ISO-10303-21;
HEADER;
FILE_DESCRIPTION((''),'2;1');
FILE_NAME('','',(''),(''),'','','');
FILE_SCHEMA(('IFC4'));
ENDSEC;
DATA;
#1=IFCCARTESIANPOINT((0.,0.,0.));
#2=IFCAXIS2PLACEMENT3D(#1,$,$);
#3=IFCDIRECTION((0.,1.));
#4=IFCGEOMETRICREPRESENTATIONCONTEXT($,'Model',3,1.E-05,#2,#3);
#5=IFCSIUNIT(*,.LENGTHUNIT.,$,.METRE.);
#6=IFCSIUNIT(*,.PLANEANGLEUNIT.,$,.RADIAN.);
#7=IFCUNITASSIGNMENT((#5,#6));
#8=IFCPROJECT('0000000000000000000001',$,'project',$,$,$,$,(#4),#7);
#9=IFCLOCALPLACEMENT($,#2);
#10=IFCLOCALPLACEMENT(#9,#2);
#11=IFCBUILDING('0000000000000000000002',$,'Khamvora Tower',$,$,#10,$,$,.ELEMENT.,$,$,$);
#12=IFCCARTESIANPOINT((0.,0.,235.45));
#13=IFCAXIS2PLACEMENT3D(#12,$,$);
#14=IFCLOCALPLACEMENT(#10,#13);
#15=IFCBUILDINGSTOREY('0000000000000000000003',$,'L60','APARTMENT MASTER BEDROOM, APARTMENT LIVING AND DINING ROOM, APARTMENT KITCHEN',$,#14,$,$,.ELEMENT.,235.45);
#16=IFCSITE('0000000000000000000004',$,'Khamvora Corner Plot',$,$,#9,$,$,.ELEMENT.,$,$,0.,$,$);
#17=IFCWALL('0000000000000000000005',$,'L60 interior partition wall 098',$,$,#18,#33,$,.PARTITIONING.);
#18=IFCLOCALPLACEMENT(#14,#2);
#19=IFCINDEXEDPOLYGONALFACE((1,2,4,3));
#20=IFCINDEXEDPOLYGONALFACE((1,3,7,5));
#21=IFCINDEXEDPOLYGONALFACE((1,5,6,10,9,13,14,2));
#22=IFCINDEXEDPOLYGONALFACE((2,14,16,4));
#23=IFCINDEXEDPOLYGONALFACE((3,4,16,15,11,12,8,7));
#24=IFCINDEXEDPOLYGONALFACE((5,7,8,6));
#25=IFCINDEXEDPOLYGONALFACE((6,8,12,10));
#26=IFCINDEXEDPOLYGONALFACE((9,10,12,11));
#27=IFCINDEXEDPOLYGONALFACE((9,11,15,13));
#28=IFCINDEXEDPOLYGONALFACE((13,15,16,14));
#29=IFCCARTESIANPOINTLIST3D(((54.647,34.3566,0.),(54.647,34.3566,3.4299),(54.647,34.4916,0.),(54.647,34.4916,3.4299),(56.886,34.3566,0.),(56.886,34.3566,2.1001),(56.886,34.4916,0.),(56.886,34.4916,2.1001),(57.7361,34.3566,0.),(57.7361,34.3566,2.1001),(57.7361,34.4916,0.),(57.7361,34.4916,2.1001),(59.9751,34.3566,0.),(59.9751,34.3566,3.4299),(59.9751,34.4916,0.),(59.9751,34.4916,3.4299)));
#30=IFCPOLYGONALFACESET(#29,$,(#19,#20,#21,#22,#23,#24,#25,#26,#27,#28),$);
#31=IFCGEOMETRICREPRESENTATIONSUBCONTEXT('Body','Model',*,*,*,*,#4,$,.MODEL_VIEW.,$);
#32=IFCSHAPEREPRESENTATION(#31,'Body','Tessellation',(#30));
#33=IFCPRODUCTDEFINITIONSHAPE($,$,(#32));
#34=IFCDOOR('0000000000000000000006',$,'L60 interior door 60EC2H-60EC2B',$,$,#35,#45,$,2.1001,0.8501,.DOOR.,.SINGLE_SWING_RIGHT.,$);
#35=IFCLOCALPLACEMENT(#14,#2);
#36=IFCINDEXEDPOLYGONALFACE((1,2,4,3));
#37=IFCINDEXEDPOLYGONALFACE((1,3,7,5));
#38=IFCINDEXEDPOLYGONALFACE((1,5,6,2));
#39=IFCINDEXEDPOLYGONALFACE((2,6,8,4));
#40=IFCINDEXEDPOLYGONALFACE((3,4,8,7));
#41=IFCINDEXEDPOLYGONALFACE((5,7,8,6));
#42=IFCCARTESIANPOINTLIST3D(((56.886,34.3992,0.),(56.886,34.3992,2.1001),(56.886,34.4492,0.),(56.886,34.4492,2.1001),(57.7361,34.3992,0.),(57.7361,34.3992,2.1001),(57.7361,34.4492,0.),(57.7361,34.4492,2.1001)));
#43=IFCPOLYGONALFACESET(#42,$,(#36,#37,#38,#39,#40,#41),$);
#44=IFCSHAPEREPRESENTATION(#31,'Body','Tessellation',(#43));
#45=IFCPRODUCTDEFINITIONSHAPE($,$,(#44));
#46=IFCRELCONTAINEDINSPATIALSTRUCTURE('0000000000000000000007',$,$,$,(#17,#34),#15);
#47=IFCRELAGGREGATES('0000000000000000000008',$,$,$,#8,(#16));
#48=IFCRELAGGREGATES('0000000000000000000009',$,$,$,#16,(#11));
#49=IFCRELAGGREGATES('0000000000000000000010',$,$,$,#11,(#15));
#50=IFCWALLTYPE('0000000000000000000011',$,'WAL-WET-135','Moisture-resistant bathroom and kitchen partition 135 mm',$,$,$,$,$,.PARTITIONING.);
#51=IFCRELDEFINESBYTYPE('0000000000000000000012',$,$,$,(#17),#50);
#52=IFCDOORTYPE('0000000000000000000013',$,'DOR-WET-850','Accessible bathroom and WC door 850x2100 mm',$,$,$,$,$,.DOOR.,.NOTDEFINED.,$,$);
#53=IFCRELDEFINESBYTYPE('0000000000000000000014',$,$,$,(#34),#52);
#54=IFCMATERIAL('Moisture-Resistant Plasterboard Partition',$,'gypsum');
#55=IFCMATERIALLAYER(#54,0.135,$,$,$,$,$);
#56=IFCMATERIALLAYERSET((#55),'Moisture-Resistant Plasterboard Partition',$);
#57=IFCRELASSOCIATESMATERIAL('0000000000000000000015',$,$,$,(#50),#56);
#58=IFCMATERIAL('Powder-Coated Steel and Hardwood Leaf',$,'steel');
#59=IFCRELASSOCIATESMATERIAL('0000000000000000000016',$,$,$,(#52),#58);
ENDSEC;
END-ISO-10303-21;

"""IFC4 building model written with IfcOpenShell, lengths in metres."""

from ifc_helpers import new_model, si_unit, direction, frame, frame_2d, origin, place, context, subcontext, project, spatial, rectangle, extrude, material, layer, layer_set, type_object, element, fill, save


model = new_model("IFC4")

# Units and contexts
model_context = context("Model", 3, precision=1e-05, world=origin(), true_north=direction((0.0, 1.0)))
body_context = subcontext(model_context, "Body", "Model", "MODEL_VIEW")
ifc_project = project(units=[si_unit("LENGTHUNIT", "METRE"), si_unit("PLANEANGLEUNIT", "RADIAN")], contexts=[model_context])

# Site, building, storey
site_placement = place(None, origin())
site = spatial("IfcSite", under=ifc_project, at=site_placement, Name="Khamvora Corner Plot", CompositionType="ELEMENT", RefElevation=0.0)
building_placement = place(site_placement, origin())
building = spatial("IfcBuilding", under=site, at=building_placement, Name="Khamvora Tower", CompositionType="ELEMENT")
storey_placement = place(building_placement, frame((0.0, 0.0, 235.45)))
storey = spatial("IfcBuildingStorey", under=building, at=storey_placement, Name="L60", Description="APARTMENT MASTER BEDROOM, APARTMENT LIVING AND DINING ROOM, APARTMENT KITCHEN", CompositionType="ELEMENT", Elevation=235.45)

# Shared definitions
ifc_material_1 = material(Name="Powder-Coated Steel and Hardwood Leaf", Category="steel")

# Shared definitions
ifc_material_2 = material(Name="Moisture-Resistant Plasterboard Partition", Category="gypsum")
ifc_layer_1 = layer(ifc_material_2, 0.135)
ifc_layer_set_1 = layer_set([ifc_layer_1], Name="Moisture-Resistant Plasterboard Partition")
wall_type_1 = type_object("IfcWallType", Name="WAL-WET-135", Description="Moisture-resistant bathroom and kitchen partition 135 mm", PredefinedType="PARTITIONING", material=ifc_layer_set_1)

# Wall, opening, door
wall_1_placement = place(storey_placement, frame((59.9751, 34.4241, 0.0), z_axis=(0.0, 0.0, 1.0), x_axis=(-1.0, 0.0, 0.0)))
wall_1 = element("IfcWall", 1, at=wall_1_placement, inside=storey, type_object=wall_type_1, Name="L60 interior partition wall 098", PredefinedType="PARTITIONING", context=body_context, shape_type="SweptSolid", body=[
    extrude(rectangle(XDim=5.3281, YDim=0.135, at=frame_2d((2.6641, 0.0))), origin(), (0.0, 0.0, 1.0), 3.4299),
])
opening_1_placement = place(wall_1_placement, frame((2.239, 0.0, 0.0)))
opening_1 = element("IfcOpeningElement", 2, at=opening_1_placement, cuts=wall_1, PredefinedType="OPENING", context=body_context, shape_type="SweptSolid", body=[
    extrude(rectangle(XDim=0.8501, YDim=2.1001, at=frame_2d((0.425, 1.05))), frame((0.0, 0.0774, 0.0), z_axis=(0.0, -1.0, 0.0), x_axis=(1.0, 0.0, 0.0)), (0.0, 0.0, 1.0), 0.155),
])
door_type_1 = type_object("IfcDoorType", Name="DOR-WET-850", Description="Accessible bathroom and WC door 850x2100 mm", OperationType="NOTDEFINED", PredefinedType="DOOR", material=ifc_material_1)
door_1_placement = place(opening_1_placement, origin())
door_1 = element("IfcDoor", 3, at=door_1_placement, inside=storey, type_object=door_type_1, Name="L60 interior door 60EC2H-60EC2B", OperationType="SINGLE_SWING_RIGHT", OverallHeight=2.1001, OverallWidth=0.8501, PredefinedType="DOOR", context=body_context, shape_type="SweptSolid", body=[
    extrude(rectangle(XDim=0.8501, YDim=2.1001, at=frame_2d((0.425, 1.05))), frame((0.0, 0.0249, 0.0), z_axis=(0.0, -1.0, 0.0), x_axis=(1.0, 0.0, 0.0)), (0.0, 0.0, 1.0), 0.05),
])
fill(opening_1, door_1)

save(model, "model.ifc")
